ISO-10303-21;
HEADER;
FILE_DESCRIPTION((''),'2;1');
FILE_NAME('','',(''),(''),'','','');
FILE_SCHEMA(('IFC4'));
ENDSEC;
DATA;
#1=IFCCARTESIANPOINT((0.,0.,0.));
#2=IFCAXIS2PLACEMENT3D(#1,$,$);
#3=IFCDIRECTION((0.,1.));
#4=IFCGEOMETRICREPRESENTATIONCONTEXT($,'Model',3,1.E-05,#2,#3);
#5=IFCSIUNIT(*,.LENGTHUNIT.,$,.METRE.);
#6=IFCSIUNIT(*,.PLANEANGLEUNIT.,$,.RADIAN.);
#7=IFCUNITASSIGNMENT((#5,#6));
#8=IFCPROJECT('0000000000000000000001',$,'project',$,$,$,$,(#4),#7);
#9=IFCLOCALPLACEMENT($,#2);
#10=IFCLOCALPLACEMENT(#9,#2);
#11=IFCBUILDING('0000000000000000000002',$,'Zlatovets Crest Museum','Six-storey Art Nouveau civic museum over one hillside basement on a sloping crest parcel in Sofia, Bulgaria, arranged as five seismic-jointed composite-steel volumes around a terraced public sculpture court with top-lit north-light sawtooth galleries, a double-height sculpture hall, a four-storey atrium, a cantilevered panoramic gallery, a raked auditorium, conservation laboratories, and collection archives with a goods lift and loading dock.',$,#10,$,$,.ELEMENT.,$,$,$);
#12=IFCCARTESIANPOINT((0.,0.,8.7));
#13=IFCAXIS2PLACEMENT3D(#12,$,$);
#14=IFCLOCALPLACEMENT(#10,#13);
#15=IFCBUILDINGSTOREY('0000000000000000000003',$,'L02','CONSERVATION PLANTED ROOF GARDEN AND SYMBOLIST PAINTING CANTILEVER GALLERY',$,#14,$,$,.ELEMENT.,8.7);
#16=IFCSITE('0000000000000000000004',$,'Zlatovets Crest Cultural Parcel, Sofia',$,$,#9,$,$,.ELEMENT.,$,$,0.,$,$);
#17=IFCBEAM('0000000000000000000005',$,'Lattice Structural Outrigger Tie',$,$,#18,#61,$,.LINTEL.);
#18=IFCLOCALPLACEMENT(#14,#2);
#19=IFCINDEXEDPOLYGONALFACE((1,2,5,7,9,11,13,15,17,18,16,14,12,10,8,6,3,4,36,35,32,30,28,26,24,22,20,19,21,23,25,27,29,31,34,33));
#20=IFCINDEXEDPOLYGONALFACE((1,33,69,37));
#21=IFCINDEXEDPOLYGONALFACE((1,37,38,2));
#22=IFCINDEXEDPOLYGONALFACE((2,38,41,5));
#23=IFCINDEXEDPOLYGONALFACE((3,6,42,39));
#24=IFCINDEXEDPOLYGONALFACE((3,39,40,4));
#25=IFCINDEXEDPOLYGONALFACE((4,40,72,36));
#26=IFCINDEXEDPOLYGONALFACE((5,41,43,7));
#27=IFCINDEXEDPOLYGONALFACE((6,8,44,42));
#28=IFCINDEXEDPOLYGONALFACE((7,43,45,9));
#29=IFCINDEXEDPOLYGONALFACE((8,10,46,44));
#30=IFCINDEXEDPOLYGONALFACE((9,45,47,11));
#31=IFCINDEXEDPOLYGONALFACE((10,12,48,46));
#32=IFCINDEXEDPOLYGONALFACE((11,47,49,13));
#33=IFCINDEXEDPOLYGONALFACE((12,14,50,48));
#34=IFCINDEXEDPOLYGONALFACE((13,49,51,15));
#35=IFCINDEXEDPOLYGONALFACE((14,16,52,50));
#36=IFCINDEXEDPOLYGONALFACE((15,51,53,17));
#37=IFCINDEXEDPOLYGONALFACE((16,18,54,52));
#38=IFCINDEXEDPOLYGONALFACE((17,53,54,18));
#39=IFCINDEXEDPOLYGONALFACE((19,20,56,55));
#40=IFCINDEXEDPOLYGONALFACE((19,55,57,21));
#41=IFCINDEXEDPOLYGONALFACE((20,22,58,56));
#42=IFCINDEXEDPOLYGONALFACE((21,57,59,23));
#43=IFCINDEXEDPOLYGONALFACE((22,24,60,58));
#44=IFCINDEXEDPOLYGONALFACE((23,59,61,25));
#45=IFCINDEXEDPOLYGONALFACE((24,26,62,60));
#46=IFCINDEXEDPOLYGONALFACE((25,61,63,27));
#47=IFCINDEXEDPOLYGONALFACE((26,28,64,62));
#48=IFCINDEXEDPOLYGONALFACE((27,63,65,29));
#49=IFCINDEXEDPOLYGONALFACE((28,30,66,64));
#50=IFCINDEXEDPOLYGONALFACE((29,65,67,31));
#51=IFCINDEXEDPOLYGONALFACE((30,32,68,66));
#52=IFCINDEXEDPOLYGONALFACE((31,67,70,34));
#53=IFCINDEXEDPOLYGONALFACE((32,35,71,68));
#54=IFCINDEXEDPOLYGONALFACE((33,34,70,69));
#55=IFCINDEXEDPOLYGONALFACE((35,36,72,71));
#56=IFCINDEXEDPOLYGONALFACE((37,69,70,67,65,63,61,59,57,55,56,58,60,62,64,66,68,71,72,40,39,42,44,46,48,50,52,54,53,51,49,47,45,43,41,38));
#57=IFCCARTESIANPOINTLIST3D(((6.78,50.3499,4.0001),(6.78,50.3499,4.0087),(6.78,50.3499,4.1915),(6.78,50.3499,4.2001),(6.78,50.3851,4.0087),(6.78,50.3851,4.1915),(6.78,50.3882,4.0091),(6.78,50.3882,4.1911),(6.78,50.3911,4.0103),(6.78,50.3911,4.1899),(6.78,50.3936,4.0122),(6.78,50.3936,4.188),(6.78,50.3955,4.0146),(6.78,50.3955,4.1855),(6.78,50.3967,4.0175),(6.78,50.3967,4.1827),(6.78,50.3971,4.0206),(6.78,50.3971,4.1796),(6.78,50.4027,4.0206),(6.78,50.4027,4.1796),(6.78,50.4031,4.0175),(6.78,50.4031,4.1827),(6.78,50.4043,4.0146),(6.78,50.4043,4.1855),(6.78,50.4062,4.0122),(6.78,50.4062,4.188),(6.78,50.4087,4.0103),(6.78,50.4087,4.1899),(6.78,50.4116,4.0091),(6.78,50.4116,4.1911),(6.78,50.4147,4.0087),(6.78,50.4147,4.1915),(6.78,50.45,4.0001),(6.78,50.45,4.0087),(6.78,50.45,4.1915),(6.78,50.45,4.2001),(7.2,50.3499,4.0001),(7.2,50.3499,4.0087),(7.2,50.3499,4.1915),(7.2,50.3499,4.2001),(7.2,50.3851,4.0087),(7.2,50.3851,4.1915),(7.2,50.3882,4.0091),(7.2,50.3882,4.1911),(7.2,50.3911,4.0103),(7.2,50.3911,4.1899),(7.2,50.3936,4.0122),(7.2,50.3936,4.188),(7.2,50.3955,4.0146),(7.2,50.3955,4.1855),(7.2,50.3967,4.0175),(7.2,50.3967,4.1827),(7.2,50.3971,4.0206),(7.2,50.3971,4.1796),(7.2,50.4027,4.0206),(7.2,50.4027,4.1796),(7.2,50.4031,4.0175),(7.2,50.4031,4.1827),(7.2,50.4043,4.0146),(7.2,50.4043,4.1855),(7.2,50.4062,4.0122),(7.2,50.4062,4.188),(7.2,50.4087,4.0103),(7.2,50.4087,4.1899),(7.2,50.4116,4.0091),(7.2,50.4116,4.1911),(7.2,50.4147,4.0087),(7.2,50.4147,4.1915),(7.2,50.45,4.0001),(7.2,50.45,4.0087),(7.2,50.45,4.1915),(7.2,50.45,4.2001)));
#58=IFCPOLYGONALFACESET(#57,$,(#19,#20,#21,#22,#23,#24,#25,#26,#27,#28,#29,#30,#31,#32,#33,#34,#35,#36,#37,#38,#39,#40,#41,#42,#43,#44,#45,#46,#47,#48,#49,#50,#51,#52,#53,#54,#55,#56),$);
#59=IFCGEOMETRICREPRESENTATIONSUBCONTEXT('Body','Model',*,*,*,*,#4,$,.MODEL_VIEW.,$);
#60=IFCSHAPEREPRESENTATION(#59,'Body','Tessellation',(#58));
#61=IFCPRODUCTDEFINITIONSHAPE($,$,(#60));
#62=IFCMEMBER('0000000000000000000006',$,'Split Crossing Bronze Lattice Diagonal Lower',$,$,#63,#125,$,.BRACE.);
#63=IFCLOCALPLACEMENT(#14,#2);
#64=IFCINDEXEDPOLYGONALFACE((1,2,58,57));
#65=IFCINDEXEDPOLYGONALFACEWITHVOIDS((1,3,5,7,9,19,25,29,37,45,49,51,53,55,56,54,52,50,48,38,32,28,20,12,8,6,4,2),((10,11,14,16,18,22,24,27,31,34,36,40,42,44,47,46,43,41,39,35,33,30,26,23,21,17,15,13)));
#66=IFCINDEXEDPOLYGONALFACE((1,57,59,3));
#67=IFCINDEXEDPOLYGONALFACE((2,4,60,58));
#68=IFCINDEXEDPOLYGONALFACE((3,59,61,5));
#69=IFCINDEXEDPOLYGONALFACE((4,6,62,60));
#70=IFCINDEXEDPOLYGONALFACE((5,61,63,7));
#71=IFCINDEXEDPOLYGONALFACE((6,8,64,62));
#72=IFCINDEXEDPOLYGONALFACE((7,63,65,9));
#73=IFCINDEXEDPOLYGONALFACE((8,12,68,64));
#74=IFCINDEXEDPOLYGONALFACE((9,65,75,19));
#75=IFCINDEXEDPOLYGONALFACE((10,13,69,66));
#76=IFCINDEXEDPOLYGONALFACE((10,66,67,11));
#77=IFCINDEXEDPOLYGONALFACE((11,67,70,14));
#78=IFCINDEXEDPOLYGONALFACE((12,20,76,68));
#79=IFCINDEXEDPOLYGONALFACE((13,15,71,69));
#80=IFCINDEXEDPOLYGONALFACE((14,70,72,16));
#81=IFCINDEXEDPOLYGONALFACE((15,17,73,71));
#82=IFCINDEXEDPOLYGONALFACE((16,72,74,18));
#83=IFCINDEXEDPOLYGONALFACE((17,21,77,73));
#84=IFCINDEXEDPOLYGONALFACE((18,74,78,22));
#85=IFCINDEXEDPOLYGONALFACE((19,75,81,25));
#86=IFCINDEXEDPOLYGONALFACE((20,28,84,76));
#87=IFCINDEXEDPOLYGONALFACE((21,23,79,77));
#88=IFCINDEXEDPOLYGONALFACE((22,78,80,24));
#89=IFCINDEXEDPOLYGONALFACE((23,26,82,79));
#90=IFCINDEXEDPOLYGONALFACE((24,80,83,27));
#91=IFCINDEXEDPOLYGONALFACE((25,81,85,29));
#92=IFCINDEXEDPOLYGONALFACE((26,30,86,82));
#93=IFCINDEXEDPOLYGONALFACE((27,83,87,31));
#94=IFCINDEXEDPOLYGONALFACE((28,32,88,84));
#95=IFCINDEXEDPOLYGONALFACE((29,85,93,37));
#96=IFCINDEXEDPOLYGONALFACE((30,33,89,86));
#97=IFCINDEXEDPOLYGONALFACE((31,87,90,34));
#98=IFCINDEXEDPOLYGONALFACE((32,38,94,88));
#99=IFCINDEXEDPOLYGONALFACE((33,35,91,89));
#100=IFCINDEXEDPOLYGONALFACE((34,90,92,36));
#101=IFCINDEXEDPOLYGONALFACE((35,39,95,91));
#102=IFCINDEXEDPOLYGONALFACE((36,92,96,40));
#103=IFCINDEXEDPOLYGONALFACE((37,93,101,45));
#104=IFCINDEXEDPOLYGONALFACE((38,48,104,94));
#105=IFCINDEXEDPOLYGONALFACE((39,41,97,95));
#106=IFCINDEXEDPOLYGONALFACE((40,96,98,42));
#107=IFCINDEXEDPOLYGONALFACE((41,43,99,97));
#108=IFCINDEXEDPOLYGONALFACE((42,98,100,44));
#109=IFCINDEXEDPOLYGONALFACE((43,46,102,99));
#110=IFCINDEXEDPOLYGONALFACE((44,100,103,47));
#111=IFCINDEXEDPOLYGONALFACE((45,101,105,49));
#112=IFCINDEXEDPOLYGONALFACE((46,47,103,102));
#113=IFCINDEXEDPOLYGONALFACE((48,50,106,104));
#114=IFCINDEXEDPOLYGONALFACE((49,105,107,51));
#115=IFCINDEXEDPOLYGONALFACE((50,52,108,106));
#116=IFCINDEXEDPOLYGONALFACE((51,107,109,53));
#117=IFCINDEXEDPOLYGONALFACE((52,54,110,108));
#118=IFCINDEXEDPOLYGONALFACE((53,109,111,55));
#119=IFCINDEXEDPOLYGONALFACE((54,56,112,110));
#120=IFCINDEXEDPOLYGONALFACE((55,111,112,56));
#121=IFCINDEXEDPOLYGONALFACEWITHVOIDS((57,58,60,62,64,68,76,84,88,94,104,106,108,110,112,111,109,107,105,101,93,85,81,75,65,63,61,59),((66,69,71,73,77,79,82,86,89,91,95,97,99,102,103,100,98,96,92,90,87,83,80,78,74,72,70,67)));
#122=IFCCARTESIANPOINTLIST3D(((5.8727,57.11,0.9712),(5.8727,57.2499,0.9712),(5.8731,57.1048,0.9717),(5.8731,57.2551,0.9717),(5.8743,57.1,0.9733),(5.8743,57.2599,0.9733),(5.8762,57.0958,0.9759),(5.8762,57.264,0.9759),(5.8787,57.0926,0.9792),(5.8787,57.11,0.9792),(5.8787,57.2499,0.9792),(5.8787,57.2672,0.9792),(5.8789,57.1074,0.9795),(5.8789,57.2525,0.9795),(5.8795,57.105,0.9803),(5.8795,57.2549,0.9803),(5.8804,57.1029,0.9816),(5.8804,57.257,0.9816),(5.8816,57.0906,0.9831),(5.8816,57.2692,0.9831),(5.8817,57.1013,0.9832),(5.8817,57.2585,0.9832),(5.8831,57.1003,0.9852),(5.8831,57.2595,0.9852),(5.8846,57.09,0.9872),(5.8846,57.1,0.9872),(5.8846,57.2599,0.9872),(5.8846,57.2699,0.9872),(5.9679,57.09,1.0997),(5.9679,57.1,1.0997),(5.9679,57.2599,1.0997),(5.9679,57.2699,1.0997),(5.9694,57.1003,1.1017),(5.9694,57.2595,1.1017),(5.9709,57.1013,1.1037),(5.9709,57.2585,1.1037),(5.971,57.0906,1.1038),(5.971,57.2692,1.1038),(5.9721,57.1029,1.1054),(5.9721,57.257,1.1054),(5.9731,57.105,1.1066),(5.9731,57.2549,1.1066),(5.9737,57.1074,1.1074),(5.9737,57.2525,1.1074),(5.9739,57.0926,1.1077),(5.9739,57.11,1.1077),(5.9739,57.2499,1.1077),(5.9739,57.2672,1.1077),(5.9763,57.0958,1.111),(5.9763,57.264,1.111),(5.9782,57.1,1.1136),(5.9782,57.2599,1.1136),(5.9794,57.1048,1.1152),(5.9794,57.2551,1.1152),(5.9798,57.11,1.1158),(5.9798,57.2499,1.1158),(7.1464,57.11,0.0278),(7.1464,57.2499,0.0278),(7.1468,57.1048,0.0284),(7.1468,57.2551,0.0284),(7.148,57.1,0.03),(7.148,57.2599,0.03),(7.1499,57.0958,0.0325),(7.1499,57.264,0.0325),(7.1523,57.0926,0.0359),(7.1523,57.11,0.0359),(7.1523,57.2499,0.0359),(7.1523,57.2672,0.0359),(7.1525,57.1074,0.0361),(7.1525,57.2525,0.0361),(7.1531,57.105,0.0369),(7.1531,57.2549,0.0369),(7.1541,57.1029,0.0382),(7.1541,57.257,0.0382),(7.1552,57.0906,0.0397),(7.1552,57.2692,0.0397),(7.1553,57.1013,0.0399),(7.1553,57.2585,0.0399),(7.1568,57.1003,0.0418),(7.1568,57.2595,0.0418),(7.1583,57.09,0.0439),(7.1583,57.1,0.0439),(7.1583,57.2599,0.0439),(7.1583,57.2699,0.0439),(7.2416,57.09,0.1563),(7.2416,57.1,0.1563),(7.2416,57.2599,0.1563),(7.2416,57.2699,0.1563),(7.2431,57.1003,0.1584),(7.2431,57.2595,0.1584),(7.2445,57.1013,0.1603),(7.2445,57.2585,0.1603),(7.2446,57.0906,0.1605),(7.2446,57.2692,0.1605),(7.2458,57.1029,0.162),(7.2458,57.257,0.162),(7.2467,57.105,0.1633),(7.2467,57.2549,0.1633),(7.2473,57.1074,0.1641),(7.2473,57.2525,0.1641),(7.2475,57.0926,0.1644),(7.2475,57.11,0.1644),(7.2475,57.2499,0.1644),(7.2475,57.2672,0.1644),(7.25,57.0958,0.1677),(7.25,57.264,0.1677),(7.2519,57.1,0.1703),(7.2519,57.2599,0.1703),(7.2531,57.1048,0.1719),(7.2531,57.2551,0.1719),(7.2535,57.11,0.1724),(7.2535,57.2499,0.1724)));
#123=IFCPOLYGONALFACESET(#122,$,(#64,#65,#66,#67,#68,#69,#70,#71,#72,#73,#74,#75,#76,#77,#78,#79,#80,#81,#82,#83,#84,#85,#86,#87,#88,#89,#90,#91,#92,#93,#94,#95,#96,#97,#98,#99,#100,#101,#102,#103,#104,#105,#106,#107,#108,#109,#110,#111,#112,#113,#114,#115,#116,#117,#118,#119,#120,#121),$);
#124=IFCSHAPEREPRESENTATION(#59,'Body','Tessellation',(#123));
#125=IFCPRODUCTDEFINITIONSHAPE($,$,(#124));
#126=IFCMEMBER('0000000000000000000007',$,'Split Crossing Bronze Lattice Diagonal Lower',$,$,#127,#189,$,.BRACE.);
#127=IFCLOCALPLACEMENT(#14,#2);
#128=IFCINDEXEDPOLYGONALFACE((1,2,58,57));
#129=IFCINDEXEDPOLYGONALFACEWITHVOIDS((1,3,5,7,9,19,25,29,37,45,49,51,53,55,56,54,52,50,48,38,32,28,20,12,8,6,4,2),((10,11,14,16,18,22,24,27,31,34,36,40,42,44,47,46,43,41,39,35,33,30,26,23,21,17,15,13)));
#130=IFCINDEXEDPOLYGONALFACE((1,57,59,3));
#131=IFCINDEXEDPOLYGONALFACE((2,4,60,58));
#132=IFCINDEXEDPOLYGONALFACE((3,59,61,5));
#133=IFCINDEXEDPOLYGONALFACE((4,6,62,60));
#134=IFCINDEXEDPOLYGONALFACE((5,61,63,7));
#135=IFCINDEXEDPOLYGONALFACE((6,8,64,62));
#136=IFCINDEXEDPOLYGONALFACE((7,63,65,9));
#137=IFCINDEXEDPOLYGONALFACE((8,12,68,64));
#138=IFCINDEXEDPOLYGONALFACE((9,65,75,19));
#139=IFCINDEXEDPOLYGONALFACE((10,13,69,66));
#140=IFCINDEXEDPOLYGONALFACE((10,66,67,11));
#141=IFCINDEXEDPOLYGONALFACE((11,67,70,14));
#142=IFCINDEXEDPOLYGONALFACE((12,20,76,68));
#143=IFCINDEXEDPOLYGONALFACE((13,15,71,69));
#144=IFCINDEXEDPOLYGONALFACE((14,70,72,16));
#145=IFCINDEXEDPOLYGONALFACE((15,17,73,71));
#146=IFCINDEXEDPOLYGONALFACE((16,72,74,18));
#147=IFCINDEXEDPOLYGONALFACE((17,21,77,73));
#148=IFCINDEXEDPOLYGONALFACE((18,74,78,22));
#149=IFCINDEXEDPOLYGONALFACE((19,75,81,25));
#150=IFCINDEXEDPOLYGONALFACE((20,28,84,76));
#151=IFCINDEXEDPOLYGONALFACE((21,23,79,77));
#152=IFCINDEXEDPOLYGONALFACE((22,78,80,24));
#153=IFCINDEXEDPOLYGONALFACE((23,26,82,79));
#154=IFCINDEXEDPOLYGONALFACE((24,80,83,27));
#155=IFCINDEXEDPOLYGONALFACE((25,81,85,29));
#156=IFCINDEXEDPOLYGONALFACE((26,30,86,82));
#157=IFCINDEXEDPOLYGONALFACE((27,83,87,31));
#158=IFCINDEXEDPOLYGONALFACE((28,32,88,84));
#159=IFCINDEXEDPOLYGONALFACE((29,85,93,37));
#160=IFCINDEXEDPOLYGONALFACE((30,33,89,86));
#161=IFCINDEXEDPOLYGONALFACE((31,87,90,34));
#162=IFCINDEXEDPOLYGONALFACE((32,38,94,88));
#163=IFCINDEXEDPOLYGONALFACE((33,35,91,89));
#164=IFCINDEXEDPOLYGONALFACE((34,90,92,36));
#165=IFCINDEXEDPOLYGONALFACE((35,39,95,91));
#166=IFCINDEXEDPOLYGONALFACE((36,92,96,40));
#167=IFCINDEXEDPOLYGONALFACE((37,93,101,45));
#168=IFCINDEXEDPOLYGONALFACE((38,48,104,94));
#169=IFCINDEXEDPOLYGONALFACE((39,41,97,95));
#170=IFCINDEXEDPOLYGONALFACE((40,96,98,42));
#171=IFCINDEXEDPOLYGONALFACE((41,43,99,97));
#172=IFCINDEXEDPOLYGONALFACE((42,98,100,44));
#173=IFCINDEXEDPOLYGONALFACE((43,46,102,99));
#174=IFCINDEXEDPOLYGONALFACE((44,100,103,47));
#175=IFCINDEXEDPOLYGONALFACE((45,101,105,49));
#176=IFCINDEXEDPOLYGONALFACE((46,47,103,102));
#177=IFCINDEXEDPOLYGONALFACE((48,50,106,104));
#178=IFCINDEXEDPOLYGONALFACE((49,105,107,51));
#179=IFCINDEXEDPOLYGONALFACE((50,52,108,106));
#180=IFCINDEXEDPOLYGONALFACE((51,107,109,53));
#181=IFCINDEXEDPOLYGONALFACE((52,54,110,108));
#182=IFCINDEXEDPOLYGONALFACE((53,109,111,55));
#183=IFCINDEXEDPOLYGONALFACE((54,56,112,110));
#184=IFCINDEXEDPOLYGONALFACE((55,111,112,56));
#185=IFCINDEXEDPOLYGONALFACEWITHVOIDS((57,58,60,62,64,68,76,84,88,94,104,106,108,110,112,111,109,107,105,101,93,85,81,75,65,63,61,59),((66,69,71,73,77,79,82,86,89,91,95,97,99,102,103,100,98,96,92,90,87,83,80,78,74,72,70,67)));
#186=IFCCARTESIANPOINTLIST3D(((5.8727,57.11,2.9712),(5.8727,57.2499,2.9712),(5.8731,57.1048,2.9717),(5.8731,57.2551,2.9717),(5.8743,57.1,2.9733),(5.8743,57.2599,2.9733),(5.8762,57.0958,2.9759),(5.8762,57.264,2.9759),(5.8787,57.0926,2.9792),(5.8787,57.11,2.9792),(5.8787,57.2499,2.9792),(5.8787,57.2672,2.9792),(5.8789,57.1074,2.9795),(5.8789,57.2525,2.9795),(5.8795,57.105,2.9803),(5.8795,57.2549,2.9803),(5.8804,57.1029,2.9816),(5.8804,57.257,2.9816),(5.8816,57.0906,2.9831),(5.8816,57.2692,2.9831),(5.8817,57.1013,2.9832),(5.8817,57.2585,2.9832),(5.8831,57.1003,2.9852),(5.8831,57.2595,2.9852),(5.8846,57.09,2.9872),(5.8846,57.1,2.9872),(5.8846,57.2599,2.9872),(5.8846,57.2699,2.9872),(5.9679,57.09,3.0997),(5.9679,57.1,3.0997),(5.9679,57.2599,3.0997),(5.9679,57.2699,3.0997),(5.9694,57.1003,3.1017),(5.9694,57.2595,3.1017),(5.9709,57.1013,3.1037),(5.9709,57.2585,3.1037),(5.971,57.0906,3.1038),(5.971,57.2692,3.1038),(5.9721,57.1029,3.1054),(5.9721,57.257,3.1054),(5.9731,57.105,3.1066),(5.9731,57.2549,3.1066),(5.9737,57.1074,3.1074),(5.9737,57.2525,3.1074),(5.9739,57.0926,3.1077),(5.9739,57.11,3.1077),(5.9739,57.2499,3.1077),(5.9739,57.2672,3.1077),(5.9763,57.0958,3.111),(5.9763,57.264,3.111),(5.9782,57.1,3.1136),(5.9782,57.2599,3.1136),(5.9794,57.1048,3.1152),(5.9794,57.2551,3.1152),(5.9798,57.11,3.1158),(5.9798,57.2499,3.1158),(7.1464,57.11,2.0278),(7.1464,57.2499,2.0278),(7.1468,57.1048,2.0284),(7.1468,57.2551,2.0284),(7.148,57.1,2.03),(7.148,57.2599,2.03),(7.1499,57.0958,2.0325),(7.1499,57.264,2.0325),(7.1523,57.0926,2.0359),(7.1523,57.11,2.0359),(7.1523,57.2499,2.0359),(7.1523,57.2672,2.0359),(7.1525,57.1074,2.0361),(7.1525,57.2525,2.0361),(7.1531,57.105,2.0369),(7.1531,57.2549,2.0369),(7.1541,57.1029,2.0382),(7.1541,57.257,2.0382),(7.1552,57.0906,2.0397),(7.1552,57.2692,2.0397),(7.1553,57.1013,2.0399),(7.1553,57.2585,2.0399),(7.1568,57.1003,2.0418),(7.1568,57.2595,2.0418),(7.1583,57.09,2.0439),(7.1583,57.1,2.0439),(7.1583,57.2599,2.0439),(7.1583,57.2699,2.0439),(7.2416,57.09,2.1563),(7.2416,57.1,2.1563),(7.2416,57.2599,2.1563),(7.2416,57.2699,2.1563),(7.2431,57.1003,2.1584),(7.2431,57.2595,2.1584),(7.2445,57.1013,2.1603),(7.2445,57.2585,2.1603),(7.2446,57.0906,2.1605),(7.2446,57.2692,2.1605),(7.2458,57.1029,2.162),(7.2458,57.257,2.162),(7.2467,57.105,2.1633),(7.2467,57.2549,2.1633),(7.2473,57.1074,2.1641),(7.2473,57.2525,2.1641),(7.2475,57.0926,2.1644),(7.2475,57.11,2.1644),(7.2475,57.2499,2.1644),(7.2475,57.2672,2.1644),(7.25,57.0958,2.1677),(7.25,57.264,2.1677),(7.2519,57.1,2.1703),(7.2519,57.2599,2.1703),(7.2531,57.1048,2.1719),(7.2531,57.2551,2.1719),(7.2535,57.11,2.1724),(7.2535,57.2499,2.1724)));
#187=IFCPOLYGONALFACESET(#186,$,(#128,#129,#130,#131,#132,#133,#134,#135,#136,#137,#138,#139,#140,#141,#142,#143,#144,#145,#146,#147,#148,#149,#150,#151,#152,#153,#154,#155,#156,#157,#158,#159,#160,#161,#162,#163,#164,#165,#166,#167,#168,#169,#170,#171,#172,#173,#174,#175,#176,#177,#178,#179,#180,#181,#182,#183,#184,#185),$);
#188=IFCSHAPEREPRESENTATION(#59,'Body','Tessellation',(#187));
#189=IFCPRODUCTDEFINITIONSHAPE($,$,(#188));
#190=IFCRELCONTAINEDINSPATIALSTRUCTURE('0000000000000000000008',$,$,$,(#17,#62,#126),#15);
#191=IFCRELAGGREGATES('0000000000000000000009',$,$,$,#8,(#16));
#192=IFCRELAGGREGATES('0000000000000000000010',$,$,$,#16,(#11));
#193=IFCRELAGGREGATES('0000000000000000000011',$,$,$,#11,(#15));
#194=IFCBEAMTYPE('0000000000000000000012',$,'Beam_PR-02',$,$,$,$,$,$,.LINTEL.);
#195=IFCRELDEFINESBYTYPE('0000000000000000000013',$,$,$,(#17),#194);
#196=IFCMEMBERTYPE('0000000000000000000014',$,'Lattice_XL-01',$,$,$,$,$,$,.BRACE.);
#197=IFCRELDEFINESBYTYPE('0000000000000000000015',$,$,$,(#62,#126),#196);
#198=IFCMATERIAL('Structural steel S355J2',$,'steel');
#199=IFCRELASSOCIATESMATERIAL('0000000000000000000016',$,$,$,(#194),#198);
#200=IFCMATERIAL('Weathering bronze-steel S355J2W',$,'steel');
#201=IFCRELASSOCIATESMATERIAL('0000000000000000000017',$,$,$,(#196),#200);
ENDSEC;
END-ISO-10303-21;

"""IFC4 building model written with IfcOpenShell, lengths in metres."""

from ifc_helpers import new_model, si_unit, direction, frame, origin, origin_2d, place, context, subcontext, project, spatial, hollow_rectangle, i_section, extrude, material, material_profile, profile_set, type_object, element, save


model = new_model("IFC4")

# Units and contexts
model_context = context("Model", 3, precision=1e-05, world=origin(), true_north=direction((0.0, 1.0)))
body_context = subcontext(model_context, "Body", "Model", "MODEL_VIEW")
ifc_project = project(units=[si_unit("LENGTHUNIT", "METRE"), si_unit("PLANEANGLEUNIT", "RADIAN")], contexts=[model_context])

# Site, building, storey
site_placement = place(None, origin())
site = spatial("IfcSite", under=ifc_project, at=site_placement, Name="Zlatovets Crest Cultural Parcel, Sofia", CompositionType="ELEMENT", RefElevation=0.0)
building_placement = place(site_placement, origin())
building = spatial("IfcBuilding", under=site, at=building_placement, Name="Zlatovets Crest Museum", Description="Six-storey Art Nouveau civic museum over one hillside basement on a sloping crest parcel in Sofia, Bulgaria, arranged as five seismic-jointed composite-steel volumes around a terraced public sculpture court with top-lit north-light sawtooth galleries, a double-height sculpture hall, a four-storey atrium, a cantilevered panoramic gallery, a raked auditorium, conservation laboratories, and collection archives with a goods lift and loading dock.", CompositionType="ELEMENT")
storey_placement = place(building_placement, frame((0.0, 0.0, 8.7)))
storey = spatial("IfcBuildingStorey", under=building, at=storey_placement, Name="L02", Description="CONSERVATION PLANTED ROOF GARDEN AND SYMBOLIST PAINTING CANTILEVER GALLERY", CompositionType="ELEMENT", Elevation=8.7)

# Shared definitions
ifc_material_1 = material(Name="Structural steel S355J2", Category="steel")

# Beam
ifc_material_profile_1 = material_profile(ifc_material_1, i_section(OverallWidth=0.1001, OverallDepth=0.2, WebThickness=0.0056, FlangeThickness=0.0085, FilletRadius=0.012, at=origin_2d()), Name="IPE 200")
ifc_profile_set_1 = profile_set([ifc_material_profile_1], Name="Structural steel S355J2")
beam_type_1 = type_object("IfcBeamType", Name="Beam_PR-02", PredefinedType="LINTEL", material=ifc_profile_set_1)
for number, where, z_axis, x_axis, name in (
    (1, (7.2, 50.3999, 4.1001), (-1.0, 0.0, 0.0), (0.0, -1.0, 0.0), "Lattice Structural Outrigger Tie"),
):
    element("IfcBeam", number, at=place(storey_placement, frame(where, z_axis=z_axis, x_axis=x_axis)), inside=storey, type_object=beam_type_1, Name=name, PredefinedType="LINTEL", context=body_context, shape_type="SweptSolid", body=[
        extrude(i_section(OverallWidth=0.1001, OverallDepth=0.2, WebThickness=0.0056, FlangeThickness=0.0085, FilletRadius=0.012, at=origin_2d()), origin(), (0.0, 0.0, 1.0), 0.4199),
    ])

# Members
ifc_material_2 = material(Name="Weathering bronze-steel S355J2W", Category="steel")
ifc_material_profile_2 = material_profile(ifc_material_2, hollow_rectangle(XDim=0.1799, YDim=0.1799, WallThickness=0.01, InnerFilletRadius=0.01, OuterFilletRadius=0.02, at=origin_2d()), Name="SHS 180x180x10.0")
ifc_profile_set_2 = profile_set([ifc_material_profile_2], Name="Weathering bronze-steel S355J2W")
member_type_1 = type_object("IfcMemberType", Name="Lattice_XL-01", PredefinedType="BRACE", material=ifc_profile_set_2)
for number, where, z_axis, x_axis, name in (
    (2, (5.9263, 57.1799, 1.0435), (0.80359, 0.0, -0.595183), (0.0, 1.0, 0.0), "Split Crossing Bronze Lattice Diagonal Lower"),
    (3, (5.9263, 57.1799, 3.0435), (0.80359, 0.0, -0.595183), (0.0, 1.0, 0.0), "Split Crossing Bronze Lattice Diagonal Lower"),
):
    element("IfcMember", number, at=place(storey_placement, frame(where, z_axis=z_axis, x_axis=x_axis)), inside=storey, type_object=member_type_1, Name=name, PredefinedType="BRACE", context=body_context, shape_type="SweptSolid", body=[
        extrude(hollow_rectangle(XDim=0.1799, YDim=0.1799, WallThickness=0.01, InnerFilletRadius=0.01, OuterFilletRadius=0.02, at=origin_2d()), origin(), (0.0, 0.0, 1.0), 1.585),
    ])

save(model, "model.ifc")
